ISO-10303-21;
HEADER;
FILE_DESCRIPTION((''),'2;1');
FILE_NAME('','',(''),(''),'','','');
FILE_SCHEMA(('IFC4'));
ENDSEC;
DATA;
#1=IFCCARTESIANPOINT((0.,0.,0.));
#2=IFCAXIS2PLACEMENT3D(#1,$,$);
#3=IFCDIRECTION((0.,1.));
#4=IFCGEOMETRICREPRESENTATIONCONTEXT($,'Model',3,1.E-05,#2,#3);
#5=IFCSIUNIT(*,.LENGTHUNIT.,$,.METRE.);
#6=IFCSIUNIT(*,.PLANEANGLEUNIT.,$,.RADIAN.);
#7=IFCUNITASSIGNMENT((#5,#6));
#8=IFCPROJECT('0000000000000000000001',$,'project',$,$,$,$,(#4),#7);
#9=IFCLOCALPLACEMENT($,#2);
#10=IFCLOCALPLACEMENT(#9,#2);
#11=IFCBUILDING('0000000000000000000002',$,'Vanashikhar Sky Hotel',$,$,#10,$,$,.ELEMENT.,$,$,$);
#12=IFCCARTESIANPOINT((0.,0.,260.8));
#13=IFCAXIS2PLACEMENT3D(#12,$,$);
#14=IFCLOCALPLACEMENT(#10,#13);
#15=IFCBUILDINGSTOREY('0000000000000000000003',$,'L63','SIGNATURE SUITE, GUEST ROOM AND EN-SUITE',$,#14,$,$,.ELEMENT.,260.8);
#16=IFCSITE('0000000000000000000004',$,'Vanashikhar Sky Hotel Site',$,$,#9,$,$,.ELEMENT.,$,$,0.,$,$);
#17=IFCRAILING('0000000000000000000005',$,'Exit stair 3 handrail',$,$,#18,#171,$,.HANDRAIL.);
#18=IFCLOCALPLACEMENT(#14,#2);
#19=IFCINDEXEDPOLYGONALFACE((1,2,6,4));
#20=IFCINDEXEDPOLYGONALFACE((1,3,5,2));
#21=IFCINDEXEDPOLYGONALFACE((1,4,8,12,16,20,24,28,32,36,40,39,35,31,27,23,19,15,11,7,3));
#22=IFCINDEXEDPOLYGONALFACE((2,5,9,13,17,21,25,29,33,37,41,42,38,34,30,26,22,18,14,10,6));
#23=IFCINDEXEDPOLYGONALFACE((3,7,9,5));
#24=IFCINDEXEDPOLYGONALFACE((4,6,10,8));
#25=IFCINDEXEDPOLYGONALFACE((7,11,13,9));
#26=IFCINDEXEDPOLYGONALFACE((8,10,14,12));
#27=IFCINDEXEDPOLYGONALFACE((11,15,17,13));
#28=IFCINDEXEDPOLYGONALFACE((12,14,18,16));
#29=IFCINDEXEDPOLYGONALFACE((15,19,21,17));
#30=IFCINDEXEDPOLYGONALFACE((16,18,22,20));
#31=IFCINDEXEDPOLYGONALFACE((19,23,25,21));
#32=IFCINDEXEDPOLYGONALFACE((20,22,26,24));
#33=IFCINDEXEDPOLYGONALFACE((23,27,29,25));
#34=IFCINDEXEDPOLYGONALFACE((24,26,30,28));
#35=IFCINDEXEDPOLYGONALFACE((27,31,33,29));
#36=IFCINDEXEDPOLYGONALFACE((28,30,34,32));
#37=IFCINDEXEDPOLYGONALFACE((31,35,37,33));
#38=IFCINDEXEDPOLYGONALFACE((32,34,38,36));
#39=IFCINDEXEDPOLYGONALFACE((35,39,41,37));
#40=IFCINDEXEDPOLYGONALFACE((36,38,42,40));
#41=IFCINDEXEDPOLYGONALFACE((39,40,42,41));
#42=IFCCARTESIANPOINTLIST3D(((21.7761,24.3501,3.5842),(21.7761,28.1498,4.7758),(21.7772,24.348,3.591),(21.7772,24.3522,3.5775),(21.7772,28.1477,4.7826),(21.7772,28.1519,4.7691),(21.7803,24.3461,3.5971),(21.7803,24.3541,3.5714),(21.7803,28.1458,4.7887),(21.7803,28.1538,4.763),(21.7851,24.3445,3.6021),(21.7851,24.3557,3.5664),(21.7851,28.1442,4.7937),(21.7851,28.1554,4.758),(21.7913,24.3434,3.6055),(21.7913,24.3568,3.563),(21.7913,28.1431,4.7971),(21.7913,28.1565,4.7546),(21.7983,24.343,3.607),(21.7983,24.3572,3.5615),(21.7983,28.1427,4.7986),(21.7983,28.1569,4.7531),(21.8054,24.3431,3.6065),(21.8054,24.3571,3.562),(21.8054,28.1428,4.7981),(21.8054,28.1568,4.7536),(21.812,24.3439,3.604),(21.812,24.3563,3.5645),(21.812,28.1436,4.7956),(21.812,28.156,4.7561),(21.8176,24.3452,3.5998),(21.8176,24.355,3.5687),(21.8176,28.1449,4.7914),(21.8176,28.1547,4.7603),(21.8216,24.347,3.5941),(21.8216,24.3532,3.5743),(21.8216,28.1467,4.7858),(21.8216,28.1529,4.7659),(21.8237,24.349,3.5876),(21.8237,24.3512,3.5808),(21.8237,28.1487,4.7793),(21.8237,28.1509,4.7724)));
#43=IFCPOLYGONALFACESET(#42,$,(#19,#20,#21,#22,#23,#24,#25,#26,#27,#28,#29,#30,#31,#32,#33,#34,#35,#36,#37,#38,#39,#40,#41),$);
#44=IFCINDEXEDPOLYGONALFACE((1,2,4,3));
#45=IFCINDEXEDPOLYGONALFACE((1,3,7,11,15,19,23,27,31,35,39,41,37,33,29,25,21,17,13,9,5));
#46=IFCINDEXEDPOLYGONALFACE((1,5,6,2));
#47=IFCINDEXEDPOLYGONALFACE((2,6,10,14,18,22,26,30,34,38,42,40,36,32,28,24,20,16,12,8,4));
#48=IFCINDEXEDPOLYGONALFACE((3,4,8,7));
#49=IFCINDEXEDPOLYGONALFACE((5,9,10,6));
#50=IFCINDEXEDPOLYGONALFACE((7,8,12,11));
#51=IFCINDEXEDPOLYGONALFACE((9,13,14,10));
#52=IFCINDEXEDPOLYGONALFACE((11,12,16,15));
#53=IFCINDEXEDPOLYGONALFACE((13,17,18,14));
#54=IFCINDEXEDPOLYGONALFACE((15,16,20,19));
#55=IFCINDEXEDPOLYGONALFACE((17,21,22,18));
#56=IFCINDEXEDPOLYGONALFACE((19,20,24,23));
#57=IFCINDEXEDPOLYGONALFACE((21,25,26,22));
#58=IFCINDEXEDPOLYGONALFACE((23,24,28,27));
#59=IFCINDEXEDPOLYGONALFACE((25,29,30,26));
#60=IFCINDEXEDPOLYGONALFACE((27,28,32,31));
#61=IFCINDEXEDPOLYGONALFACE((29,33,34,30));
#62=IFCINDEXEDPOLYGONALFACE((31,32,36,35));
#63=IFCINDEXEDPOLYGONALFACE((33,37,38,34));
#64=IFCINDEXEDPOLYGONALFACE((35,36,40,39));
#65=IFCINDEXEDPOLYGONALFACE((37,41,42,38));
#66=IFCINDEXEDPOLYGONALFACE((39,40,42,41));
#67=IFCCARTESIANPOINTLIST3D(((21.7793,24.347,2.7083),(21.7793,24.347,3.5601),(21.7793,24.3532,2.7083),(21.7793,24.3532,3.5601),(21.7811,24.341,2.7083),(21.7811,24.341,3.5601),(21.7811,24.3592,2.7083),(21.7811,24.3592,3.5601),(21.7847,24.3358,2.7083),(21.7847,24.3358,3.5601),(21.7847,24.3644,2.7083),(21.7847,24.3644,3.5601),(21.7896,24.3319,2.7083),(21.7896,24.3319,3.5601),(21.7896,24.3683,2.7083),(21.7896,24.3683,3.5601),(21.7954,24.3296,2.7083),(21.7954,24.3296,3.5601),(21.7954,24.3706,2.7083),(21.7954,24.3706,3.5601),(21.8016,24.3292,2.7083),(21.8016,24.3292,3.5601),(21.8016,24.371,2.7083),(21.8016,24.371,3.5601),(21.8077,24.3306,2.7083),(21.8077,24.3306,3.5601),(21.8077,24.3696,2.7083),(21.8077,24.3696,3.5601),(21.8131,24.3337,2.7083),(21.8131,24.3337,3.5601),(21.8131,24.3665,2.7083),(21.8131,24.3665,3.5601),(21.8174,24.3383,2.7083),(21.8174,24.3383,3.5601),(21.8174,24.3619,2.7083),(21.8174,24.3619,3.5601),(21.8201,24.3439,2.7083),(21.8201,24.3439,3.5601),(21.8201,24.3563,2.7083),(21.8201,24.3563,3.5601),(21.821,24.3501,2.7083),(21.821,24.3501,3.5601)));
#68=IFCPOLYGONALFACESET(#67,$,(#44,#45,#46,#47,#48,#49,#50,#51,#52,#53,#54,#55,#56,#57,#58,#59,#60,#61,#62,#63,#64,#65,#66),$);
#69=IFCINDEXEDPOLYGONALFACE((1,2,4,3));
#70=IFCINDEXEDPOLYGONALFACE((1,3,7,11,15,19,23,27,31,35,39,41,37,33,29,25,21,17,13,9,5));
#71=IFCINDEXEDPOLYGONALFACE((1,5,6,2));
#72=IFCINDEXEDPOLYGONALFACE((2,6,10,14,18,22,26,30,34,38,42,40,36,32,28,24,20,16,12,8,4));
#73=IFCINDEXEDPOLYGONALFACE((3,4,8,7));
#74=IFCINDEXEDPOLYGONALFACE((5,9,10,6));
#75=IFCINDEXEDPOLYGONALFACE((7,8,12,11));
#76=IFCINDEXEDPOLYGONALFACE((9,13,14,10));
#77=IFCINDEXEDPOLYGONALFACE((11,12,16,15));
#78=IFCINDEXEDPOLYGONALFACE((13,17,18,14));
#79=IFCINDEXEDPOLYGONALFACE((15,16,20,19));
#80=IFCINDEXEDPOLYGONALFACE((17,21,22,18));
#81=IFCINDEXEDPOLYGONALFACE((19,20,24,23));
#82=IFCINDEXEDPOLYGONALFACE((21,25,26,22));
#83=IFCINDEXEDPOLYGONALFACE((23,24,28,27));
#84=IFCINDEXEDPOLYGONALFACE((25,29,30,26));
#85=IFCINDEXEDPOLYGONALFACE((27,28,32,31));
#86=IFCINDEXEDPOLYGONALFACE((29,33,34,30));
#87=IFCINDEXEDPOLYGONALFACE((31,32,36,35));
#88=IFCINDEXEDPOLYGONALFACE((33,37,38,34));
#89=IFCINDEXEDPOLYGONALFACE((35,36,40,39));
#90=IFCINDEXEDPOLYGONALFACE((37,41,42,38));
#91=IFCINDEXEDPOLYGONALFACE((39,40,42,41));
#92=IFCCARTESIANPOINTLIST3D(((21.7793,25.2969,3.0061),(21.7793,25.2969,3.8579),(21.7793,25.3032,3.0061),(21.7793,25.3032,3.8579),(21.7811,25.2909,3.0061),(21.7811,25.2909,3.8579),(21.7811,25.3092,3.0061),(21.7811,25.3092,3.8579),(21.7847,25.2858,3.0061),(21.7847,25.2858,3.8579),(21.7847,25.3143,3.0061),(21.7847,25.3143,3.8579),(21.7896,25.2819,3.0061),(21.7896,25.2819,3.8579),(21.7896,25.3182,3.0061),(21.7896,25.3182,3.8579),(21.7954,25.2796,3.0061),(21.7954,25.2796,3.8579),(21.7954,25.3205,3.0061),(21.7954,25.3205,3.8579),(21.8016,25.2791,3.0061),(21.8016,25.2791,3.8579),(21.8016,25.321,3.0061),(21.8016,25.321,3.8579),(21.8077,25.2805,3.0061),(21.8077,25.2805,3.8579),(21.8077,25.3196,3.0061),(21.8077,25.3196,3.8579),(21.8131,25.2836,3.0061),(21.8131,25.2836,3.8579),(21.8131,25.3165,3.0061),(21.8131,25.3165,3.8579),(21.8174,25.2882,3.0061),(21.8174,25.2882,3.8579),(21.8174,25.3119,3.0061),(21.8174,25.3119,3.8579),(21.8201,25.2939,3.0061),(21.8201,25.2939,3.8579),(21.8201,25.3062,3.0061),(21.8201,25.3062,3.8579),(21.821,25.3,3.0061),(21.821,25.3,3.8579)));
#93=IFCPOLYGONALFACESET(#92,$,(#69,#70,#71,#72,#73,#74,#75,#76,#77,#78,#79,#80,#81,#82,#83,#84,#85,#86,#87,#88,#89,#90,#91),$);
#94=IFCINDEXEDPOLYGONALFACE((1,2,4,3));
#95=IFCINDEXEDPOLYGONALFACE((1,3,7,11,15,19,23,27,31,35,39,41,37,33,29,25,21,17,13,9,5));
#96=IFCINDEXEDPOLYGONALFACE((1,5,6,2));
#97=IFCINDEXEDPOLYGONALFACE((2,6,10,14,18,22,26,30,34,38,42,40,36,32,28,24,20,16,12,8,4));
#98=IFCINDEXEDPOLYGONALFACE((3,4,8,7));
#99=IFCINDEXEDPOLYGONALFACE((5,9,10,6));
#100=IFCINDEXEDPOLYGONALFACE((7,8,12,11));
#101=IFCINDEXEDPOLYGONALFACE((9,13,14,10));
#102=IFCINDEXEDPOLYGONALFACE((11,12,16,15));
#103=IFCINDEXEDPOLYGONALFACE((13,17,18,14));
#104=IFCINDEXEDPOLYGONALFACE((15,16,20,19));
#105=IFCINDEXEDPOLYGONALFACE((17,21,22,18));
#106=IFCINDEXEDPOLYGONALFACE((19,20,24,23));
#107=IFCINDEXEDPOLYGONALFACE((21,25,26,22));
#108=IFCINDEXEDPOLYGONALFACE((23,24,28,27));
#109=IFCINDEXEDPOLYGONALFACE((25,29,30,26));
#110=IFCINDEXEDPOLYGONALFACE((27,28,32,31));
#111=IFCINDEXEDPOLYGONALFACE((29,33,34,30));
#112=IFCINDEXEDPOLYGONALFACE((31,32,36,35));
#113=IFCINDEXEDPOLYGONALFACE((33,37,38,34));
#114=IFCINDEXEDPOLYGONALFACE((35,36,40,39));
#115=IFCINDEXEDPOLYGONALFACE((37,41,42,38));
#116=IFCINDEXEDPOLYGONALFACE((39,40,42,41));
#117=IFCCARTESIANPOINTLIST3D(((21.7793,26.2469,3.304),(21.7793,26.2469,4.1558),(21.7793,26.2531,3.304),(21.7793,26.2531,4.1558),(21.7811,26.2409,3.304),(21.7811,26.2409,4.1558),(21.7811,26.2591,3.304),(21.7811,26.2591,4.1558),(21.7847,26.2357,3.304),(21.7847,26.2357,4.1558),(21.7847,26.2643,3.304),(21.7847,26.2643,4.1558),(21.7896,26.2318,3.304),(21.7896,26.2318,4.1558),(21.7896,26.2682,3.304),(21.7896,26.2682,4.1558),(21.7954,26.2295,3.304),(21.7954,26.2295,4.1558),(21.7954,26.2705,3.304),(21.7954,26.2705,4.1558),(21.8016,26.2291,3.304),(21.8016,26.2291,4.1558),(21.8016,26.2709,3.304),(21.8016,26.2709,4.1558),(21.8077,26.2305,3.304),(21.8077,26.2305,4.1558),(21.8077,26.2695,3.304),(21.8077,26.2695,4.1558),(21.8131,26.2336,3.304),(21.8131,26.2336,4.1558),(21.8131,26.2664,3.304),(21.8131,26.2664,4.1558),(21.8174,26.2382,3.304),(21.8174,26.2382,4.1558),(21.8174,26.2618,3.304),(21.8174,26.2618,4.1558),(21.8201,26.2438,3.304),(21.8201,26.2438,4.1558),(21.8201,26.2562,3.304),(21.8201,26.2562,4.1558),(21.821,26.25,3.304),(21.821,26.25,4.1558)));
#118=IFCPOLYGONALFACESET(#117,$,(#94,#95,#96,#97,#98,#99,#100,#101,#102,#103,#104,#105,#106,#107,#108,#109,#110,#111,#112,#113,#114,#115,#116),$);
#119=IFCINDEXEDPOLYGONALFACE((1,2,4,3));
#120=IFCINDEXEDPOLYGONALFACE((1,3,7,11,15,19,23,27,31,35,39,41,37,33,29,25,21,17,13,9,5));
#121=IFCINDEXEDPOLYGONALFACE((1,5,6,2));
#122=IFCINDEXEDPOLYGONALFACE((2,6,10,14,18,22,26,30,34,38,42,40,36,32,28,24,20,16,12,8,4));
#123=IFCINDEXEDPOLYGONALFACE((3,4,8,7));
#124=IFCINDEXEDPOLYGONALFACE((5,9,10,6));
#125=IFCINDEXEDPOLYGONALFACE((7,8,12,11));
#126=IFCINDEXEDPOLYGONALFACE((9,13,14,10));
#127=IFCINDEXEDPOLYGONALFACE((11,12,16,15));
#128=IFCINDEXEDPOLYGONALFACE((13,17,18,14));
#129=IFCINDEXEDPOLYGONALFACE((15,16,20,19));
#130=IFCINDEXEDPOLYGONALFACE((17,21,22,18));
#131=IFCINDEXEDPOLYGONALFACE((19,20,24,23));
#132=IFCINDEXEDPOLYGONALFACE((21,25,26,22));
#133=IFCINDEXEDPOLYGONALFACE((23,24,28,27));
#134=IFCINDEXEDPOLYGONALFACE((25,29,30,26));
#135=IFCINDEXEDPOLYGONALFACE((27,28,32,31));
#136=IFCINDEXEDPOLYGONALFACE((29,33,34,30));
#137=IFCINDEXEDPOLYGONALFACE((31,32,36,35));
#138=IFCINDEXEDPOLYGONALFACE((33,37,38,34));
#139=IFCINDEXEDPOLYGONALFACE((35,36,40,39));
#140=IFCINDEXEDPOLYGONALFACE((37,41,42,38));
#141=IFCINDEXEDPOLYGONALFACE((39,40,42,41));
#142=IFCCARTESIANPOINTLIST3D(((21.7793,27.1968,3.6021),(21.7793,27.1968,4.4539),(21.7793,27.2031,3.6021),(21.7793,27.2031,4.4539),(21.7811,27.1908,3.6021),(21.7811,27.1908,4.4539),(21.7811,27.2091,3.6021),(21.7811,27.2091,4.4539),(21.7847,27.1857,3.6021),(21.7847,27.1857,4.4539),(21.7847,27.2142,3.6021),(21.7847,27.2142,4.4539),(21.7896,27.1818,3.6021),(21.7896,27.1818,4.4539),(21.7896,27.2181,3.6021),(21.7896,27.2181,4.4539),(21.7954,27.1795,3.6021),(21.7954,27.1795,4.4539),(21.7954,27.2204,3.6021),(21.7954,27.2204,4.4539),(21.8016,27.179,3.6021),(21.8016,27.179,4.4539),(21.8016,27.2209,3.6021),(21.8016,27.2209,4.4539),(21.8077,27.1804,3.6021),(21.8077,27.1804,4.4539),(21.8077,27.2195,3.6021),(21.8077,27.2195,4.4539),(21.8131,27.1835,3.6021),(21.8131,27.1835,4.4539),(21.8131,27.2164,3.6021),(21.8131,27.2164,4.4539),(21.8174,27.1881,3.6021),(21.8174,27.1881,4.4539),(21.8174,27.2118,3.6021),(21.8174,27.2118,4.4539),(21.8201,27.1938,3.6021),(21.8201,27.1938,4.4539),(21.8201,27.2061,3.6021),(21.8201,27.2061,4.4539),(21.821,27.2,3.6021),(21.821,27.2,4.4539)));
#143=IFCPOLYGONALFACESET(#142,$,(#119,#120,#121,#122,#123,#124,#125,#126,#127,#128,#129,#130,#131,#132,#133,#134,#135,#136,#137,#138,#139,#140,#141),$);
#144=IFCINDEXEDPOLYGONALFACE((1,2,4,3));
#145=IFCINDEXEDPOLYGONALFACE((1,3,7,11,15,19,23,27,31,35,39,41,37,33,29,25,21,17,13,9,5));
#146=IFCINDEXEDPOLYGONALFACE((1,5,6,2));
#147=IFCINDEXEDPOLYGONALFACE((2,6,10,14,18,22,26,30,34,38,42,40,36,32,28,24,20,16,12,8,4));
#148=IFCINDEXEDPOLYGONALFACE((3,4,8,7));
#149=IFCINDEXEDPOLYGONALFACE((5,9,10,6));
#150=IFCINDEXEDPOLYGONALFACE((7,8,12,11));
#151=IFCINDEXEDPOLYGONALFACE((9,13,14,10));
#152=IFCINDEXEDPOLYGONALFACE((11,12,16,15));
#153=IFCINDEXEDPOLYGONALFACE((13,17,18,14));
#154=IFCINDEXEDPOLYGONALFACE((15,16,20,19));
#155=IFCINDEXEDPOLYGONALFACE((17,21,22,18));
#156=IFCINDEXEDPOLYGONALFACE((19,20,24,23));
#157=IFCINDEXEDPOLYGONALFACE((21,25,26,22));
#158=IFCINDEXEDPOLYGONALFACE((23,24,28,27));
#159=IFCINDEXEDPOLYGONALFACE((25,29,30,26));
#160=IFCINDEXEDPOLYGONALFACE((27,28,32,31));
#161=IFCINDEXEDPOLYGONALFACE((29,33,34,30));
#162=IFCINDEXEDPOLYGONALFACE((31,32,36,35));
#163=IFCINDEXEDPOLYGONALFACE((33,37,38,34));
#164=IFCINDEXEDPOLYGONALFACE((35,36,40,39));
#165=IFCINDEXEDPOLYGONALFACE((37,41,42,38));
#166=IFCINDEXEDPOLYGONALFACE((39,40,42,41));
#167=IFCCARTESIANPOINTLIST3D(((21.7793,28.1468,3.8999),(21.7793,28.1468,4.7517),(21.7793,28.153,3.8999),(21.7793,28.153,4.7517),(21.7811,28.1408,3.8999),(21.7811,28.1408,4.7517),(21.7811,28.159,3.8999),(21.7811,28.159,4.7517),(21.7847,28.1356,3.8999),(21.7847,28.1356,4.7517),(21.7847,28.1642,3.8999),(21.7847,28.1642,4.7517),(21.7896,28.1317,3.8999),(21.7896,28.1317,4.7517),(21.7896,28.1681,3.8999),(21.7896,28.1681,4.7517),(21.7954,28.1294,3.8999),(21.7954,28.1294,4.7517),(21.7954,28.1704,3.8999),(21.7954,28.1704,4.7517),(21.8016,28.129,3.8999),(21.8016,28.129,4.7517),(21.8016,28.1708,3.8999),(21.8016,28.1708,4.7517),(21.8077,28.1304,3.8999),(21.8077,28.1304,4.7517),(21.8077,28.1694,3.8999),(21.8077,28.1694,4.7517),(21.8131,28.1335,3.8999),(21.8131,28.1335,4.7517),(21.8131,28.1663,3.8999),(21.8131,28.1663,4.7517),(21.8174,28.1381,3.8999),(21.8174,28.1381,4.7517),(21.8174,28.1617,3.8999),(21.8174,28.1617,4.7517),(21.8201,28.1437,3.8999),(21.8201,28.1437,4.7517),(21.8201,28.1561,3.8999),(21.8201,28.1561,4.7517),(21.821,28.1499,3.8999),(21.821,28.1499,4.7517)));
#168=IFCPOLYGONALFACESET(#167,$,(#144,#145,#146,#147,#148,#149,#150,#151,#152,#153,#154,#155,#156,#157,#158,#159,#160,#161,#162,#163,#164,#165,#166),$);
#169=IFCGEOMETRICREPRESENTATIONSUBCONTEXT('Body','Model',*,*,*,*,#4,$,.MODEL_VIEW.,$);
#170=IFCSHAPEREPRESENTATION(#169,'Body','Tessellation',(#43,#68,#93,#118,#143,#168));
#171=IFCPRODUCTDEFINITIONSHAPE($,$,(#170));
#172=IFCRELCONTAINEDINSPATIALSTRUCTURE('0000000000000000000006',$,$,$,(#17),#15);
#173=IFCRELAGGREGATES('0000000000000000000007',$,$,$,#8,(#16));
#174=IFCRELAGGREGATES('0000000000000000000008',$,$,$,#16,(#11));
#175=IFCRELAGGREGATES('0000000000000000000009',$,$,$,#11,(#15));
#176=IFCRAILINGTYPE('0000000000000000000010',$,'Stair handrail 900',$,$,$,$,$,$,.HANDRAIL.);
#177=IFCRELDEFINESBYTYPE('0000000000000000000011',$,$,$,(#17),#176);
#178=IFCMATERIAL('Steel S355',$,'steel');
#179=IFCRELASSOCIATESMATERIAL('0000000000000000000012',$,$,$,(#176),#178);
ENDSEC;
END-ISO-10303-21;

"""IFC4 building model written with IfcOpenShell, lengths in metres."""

from ifc_helpers import new_model, si_unit, direction, frame, origin, origin_2d, place, context, subcontext, project, spatial, circle, extrude, source, transform, mapped, material, type_object, element, save


model = new_model("IFC4")

# Units and contexts
model_context = context("Model", 3, precision=1e-05, world=origin(), true_north=direction((0.0, 1.0)))
body_context = subcontext(model_context, "Body", "Model", "MODEL_VIEW")
ifc_project = project(units=[si_unit("LENGTHUNIT", "METRE"), si_unit("PLANEANGLEUNIT", "RADIAN")], contexts=[model_context])

# Site, building, storey
site_placement = place(None, origin())
site = spatial("IfcSite", under=ifc_project, at=site_placement, Name="Vanashikhar Sky Hotel Site", CompositionType="ELEMENT", RefElevation=0.0)
building_placement = place(site_placement, origin())
building = spatial("IfcBuilding", under=site, at=building_placement, Name="Vanashikhar Sky Hotel", CompositionType="ELEMENT")
storey_placement = place(building_placement, frame((0.0, 0.0, 260.8)))
storey = spatial("IfcBuildingStorey", under=building, at=storey_placement, Name="L63", Description="SIGNATURE SUITE, GUEST ROOM AND EN-SUITE", CompositionType="ELEMENT", Elevation=260.8)

# Railing
ifc_material_1 = material(Name="Steel S355", Category="steel")
railing_type = type_object("IfcRailingType", Name="Stair handrail 900", PredefinedType="HANDRAIL", material=ifc_material_1)
shared_shape_1 = source(origin(), body_context, "Body", "SweptSolid", [
    extrude(circle(Radius=0.0239, at=origin_2d()), frame((0.0, 0.0, 0.876), z_axis=(0.0, 0.954178, 0.299238), x_axis=(-1.0, 0.0, 0.0)), (0.0, 0.0, 1.0), 3.9822),
    extrude(circle(Radius=0.021, at=origin_2d()), origin(), (0.0, 0.0, 1.0), 0.8518),
    extrude(circle(Radius=0.021, at=origin_2d()), frame((0.0, 0.95, 0.2979)), (0.0, 0.0, 1.0), 0.8518),
    extrude(circle(Radius=0.021, at=origin_2d()), frame((0.0, 1.8999, 0.5957)), (0.0, 0.0, 1.0), 0.8518),
    extrude(circle(Radius=0.021, at=origin_2d()), frame((0.0, 2.8499, 0.8938)), (0.0, 0.0, 1.0), 0.8518),
    extrude(circle(Radius=0.021, at=origin_2d()), frame((0.0, 3.7998, 1.1917)), (0.0, 0.0, 1.0), 0.8518),
])
for number, where, name in (
    (1, (21.8, 24.3501, 2.7083), "Exit stair 3 handrail"),
):
    element("IfcRailing", number, at=place(storey_placement, frame(where)), inside=storey, type_object=railing_type, Name=name, PredefinedType="HANDRAIL", context=body_context, shape_type="MappedRepresentation", body=[
        mapped(shared_shape_1, transform((0.0, 0.0, 0.0), scale=1.0)),
    ])

save(model, "model.ifc")
